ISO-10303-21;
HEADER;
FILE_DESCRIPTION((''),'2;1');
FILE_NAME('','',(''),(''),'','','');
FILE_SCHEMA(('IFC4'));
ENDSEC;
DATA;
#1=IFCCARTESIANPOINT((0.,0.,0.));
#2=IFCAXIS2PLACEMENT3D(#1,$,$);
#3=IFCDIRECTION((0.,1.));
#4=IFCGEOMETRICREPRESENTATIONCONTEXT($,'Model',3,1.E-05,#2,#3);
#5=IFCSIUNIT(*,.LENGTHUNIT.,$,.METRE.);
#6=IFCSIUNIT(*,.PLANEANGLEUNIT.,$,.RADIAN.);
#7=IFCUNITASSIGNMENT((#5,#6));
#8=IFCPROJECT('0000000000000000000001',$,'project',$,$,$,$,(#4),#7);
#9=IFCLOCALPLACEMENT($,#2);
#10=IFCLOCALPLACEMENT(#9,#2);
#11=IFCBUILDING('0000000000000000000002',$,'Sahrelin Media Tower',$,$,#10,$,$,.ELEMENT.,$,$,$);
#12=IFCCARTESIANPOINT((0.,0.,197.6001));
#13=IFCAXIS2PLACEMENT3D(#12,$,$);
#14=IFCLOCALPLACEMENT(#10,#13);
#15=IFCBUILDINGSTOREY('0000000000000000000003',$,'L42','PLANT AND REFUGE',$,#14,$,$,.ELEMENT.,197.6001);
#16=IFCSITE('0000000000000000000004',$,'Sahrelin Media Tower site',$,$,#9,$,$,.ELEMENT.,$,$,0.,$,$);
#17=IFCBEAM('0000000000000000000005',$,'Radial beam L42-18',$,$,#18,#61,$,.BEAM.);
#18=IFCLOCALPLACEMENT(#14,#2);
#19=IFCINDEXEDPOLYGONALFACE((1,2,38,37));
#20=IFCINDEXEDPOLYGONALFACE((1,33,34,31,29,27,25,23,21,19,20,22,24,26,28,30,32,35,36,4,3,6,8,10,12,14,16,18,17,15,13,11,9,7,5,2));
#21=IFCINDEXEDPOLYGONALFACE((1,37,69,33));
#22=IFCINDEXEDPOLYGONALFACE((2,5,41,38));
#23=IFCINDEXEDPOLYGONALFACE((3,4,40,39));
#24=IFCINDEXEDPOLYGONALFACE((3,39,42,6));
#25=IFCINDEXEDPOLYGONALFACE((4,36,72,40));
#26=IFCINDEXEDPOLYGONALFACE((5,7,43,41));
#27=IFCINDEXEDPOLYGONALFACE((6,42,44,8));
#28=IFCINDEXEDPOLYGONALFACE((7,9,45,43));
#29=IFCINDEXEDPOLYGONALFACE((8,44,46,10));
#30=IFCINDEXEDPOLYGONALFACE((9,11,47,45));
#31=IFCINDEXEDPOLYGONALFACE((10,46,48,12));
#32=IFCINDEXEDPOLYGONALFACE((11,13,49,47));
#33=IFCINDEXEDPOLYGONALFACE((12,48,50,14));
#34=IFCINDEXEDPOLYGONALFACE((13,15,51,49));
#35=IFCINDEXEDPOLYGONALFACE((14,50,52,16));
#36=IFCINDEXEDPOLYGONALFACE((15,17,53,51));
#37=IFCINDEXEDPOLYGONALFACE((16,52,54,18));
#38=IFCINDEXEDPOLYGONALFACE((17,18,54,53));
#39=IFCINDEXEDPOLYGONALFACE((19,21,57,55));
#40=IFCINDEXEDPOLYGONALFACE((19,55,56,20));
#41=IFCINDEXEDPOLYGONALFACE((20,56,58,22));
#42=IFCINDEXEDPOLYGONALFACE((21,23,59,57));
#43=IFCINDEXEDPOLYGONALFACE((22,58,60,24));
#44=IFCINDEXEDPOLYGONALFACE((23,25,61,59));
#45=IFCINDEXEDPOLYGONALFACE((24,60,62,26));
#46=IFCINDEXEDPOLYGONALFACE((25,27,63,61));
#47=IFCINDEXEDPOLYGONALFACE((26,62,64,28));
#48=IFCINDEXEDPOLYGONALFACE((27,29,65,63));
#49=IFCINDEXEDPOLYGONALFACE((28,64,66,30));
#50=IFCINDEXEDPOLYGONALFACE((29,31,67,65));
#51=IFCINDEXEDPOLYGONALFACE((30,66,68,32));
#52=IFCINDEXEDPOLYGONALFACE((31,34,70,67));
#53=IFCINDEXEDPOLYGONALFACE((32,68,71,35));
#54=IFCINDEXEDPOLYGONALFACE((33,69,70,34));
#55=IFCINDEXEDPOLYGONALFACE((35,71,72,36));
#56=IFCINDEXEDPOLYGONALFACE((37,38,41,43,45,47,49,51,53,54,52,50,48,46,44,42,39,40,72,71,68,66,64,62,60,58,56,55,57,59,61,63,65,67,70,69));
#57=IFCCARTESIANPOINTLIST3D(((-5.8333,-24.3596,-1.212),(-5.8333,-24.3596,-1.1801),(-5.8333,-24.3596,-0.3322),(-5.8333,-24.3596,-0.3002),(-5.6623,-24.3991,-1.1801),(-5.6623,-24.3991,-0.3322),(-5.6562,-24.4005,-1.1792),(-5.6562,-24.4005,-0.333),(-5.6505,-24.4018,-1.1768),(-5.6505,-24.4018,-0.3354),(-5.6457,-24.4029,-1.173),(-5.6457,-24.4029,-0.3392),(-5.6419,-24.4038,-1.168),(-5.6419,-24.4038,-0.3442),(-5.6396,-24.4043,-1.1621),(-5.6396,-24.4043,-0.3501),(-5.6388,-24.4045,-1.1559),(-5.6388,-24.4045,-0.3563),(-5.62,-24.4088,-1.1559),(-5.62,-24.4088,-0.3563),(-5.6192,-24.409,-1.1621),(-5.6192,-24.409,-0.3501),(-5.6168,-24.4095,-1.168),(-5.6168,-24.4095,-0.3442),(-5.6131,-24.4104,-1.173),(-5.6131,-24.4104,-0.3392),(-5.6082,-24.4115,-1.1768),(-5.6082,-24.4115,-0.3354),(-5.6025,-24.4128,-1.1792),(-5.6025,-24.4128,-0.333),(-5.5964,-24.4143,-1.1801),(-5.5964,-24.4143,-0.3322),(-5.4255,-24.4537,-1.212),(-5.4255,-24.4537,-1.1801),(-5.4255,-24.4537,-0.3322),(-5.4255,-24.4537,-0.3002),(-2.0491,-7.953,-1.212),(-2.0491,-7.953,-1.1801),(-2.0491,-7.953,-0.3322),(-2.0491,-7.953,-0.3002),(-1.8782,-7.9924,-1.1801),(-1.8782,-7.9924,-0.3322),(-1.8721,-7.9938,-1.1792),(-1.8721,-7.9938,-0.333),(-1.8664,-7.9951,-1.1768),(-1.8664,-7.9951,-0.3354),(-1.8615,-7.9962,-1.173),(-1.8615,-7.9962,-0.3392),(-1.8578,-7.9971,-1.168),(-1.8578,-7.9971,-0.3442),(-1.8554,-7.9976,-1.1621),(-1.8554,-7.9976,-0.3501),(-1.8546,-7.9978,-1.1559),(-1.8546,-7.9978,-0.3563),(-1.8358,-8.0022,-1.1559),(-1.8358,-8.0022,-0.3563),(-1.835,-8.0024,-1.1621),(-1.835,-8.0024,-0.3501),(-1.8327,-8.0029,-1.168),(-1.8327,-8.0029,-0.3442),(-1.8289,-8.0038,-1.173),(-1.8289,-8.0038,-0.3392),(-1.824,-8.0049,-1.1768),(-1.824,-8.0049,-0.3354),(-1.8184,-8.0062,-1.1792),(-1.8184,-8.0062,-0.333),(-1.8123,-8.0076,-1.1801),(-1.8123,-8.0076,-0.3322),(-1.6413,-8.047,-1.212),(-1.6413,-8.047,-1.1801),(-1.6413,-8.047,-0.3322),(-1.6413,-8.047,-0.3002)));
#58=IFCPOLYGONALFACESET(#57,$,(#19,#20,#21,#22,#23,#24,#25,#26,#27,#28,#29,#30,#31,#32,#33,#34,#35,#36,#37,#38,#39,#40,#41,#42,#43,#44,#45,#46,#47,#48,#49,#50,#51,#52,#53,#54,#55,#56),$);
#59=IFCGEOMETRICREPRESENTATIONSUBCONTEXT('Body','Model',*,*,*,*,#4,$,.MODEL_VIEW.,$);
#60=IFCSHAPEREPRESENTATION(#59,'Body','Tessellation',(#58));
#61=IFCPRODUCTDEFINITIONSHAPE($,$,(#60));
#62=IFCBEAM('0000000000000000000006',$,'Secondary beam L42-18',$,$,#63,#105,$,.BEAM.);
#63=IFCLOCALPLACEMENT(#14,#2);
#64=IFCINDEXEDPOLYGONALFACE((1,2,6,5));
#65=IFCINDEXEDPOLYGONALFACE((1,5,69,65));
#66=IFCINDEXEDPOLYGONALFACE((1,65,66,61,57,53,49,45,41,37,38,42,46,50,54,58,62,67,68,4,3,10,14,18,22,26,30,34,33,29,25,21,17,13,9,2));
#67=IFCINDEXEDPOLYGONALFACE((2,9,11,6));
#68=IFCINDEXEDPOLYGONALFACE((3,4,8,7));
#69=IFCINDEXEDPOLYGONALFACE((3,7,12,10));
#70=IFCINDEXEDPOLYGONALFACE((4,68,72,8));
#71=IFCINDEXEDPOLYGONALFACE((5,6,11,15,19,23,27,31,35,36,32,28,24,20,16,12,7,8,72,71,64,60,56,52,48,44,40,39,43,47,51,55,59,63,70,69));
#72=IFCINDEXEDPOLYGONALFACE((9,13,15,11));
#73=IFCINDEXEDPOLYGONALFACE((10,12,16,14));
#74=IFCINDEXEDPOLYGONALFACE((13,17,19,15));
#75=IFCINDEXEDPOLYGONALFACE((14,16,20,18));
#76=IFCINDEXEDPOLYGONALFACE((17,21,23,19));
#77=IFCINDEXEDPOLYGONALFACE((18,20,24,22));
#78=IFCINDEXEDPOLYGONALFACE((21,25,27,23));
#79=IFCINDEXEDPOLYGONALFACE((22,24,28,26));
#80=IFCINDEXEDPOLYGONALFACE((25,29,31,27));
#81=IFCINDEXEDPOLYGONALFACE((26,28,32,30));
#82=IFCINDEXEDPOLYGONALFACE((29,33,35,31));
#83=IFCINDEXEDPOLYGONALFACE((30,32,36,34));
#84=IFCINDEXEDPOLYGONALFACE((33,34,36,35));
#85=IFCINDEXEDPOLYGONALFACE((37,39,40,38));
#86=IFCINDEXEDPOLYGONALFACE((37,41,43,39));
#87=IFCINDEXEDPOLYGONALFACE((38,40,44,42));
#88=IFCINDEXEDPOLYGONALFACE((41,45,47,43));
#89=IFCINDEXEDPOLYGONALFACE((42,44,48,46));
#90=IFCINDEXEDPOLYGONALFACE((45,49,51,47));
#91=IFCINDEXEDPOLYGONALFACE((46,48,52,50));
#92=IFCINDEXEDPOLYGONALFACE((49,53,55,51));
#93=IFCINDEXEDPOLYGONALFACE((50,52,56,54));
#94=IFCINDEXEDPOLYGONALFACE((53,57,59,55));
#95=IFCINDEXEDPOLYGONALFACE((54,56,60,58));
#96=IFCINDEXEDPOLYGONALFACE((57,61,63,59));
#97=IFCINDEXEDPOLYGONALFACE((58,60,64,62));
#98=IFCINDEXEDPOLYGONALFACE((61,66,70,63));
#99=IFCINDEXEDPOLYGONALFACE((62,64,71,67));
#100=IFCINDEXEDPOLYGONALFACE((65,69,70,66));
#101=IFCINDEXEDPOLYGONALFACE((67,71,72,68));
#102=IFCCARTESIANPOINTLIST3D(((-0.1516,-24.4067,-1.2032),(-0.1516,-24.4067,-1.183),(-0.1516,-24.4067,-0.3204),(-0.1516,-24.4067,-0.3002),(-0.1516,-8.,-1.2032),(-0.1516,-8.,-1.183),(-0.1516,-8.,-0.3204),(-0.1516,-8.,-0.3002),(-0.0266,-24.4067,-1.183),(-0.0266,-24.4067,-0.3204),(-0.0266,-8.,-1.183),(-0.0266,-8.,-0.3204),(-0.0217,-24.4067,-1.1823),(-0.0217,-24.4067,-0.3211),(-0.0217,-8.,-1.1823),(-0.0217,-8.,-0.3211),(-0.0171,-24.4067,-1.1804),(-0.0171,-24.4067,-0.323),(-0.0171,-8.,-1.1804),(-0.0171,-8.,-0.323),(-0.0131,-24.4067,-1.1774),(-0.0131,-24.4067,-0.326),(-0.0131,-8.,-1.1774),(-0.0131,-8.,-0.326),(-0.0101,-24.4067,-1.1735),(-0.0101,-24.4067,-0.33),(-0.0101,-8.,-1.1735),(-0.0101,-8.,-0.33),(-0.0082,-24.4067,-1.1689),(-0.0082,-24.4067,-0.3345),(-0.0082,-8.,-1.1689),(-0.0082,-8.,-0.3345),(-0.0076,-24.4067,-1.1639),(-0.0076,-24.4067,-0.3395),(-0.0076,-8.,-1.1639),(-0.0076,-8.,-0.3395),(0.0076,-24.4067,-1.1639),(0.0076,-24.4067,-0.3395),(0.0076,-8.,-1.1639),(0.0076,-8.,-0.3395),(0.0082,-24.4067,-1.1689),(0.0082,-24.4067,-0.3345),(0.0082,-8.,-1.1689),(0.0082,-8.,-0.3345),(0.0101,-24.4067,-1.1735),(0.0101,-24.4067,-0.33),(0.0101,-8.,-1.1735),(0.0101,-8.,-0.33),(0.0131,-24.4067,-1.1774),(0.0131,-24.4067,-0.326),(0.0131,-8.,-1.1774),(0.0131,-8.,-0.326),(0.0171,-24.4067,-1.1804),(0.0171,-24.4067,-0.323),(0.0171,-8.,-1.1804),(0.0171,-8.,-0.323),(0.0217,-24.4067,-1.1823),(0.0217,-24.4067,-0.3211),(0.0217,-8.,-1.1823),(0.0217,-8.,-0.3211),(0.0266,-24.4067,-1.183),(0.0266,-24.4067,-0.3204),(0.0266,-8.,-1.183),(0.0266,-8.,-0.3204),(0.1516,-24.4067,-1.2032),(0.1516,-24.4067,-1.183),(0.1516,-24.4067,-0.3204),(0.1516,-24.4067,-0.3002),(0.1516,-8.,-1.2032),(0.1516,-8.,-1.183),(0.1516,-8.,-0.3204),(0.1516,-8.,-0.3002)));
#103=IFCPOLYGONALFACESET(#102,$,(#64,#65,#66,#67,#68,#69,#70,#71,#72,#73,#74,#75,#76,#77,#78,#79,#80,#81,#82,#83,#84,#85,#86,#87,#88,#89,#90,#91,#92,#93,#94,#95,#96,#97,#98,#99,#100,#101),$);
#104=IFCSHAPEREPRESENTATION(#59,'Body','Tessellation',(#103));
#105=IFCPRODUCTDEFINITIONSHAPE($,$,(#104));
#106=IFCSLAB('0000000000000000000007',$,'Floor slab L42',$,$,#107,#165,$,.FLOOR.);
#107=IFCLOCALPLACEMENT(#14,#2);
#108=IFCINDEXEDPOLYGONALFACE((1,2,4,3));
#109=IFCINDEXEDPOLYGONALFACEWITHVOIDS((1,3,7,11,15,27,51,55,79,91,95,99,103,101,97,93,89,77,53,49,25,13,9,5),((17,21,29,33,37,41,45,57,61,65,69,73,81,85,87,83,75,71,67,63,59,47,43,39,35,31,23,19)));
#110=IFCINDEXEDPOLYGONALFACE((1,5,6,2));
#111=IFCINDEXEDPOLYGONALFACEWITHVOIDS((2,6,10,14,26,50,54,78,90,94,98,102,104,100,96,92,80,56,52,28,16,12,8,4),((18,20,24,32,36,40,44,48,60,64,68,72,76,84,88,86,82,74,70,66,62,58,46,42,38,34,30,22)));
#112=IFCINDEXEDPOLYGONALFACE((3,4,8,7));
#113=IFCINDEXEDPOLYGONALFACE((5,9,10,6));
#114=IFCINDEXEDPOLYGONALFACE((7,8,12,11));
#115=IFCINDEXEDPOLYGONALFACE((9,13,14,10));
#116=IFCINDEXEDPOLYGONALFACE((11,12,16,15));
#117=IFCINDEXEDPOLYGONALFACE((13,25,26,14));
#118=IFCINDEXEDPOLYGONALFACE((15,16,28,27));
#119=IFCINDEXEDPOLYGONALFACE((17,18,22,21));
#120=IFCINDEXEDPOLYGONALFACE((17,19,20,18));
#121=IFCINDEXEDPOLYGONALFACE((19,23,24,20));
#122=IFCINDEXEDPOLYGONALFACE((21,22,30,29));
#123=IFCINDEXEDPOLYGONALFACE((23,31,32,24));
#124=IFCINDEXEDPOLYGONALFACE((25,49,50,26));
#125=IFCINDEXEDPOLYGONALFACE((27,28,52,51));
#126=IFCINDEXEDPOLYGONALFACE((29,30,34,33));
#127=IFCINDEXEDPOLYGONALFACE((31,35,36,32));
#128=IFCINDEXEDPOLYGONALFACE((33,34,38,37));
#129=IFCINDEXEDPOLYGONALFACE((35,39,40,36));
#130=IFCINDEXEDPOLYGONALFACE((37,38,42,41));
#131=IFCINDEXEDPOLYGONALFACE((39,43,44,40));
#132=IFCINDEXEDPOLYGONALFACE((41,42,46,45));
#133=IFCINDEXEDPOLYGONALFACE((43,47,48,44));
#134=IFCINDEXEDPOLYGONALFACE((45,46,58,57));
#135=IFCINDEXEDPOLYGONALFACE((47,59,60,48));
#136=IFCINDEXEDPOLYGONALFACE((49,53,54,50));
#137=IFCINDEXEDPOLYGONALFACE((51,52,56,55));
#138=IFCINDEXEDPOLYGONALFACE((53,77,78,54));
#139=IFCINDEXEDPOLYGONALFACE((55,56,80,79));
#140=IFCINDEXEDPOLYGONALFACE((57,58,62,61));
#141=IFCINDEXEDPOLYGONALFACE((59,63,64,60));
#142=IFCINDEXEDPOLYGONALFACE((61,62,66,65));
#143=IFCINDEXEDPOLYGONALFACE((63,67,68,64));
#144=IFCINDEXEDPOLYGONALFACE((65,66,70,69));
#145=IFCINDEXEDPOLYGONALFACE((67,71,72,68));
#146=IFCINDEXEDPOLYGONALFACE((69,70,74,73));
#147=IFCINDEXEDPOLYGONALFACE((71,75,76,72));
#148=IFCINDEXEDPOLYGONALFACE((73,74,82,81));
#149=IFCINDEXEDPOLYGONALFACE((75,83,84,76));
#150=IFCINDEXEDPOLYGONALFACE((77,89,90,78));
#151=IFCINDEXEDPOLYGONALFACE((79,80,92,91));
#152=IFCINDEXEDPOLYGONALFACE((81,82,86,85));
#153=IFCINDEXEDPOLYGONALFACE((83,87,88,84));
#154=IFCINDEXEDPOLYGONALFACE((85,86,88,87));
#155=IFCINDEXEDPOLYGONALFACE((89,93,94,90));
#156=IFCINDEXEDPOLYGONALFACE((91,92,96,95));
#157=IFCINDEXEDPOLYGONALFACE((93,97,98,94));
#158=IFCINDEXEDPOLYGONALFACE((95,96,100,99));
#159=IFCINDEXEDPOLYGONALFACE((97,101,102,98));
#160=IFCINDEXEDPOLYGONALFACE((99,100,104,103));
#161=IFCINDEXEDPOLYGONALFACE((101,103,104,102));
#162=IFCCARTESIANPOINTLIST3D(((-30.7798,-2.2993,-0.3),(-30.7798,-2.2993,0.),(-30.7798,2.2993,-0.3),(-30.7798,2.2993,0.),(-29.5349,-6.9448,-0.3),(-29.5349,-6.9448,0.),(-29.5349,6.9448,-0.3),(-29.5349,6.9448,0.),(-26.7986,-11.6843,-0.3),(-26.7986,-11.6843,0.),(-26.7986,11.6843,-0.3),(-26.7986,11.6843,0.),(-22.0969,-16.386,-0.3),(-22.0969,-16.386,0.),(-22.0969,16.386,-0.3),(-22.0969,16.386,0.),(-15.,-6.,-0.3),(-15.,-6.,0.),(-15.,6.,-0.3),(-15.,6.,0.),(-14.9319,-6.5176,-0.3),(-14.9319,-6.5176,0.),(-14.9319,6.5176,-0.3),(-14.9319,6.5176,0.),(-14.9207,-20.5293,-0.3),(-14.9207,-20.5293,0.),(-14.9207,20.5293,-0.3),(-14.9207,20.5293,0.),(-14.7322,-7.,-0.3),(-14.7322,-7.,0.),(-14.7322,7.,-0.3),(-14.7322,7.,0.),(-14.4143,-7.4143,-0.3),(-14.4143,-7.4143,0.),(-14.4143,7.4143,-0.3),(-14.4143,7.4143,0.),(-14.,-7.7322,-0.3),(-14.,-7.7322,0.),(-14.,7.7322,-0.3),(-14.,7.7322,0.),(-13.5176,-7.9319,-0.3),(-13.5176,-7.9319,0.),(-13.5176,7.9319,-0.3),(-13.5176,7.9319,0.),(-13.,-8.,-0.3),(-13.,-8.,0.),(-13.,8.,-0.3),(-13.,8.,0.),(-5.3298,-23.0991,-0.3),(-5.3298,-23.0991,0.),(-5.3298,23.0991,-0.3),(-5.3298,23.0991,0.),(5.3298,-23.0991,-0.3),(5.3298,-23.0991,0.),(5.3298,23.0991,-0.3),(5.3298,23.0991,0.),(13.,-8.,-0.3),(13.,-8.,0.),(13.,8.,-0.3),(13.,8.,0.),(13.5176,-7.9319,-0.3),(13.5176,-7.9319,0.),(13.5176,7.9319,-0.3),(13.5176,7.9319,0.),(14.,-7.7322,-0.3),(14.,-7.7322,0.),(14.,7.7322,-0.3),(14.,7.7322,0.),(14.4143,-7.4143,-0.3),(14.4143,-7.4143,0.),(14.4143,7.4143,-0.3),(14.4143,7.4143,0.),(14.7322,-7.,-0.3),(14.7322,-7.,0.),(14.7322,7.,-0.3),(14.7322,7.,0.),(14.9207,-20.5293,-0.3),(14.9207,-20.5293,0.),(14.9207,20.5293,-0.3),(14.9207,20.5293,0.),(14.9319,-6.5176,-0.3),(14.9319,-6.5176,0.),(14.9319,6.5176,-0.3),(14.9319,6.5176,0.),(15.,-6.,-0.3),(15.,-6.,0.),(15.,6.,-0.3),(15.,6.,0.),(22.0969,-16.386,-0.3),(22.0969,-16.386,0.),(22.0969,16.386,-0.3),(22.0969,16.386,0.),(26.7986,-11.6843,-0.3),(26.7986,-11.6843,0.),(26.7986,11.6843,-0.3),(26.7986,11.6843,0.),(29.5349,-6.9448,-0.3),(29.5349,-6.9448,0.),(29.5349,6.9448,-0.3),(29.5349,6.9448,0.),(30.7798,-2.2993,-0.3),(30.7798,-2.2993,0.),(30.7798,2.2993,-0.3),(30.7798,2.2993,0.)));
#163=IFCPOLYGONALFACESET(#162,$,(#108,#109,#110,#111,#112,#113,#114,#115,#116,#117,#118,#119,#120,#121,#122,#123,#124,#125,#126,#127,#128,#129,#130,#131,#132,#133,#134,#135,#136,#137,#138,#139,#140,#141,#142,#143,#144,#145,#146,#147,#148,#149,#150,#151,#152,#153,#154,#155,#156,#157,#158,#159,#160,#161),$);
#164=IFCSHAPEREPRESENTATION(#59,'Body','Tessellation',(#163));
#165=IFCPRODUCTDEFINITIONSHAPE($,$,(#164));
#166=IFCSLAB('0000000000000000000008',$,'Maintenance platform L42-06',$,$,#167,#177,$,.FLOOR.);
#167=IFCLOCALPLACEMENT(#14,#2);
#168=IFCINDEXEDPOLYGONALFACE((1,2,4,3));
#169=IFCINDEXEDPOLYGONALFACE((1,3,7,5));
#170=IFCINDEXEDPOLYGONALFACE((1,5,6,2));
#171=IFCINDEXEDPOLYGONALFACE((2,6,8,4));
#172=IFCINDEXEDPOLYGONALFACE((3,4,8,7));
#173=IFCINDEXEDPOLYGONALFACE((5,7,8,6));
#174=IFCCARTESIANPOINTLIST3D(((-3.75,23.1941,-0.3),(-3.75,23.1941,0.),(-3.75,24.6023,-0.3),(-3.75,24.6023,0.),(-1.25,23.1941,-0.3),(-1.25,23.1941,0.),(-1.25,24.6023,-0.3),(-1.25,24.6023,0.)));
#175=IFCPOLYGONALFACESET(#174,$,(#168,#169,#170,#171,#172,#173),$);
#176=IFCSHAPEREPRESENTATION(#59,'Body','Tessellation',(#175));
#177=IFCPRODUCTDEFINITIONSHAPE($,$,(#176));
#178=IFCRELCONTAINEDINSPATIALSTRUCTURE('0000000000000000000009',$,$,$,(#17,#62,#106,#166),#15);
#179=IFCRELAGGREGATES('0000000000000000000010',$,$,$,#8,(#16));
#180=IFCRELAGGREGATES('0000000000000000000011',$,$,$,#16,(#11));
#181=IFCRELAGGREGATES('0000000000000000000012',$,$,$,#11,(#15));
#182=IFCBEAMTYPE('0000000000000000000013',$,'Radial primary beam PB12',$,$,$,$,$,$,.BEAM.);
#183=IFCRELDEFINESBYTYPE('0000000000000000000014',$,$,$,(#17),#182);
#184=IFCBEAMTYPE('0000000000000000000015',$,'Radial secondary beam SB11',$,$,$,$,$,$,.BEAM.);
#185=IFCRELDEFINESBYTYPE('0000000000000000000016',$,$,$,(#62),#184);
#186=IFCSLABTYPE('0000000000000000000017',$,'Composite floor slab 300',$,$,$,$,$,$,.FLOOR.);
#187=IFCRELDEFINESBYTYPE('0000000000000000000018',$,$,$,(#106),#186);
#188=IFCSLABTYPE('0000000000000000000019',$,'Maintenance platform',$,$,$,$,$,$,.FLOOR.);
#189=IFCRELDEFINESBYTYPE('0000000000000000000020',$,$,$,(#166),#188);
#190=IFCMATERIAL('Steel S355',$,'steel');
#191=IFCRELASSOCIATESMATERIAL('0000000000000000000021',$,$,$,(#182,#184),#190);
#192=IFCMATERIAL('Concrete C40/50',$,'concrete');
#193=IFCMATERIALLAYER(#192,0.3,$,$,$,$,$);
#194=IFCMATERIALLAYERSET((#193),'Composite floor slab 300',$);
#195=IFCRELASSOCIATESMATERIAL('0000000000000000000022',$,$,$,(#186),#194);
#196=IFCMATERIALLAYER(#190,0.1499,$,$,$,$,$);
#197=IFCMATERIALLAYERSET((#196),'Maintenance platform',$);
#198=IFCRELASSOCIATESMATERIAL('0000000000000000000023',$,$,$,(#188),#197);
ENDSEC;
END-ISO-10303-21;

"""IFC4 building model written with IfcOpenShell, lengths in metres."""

from ifc_helpers import new_model, si_unit, direction, frame, origin, origin_2d, place, context, subcontext, project, spatial, polyline, i_section, outline, extrude, material, layer, layer_set, material_profile, profile_set, type_object, element, save


model = new_model("IFC4")

# Units and contexts
model_context = context("Model", 3, precision=1e-05, world=origin(), true_north=direction((0.0, 1.0)))
body_context = subcontext(model_context, "Body", "Model", "MODEL_VIEW")
ifc_project = project(units=[si_unit("LENGTHUNIT", "METRE"), si_unit("PLANEANGLEUNIT", "RADIAN")], contexts=[model_context])

# Site, building, storey
site_placement = place(None, origin())
site = spatial("IfcSite", under=ifc_project, at=site_placement, Name="Sahrelin Media Tower site", CompositionType="ELEMENT", RefElevation=0.0)
building_placement = place(site_placement, origin())
building = spatial("IfcBuilding", under=site, at=building_placement, Name="Sahrelin Media Tower", CompositionType="ELEMENT")
storey_placement = place(building_placement, frame((0.0, 0.0, 197.6001)))
storey = spatial("IfcBuildingStorey", under=building, at=storey_placement, Name="L42", Description="PLANT AND REFUGE", CompositionType="ELEMENT", Elevation=197.6001)

# Beams
ifc_material_1 = material(Name="Steel S355", Category="steel")
ifc_material_profile_1 = material_profile(ifc_material_1, i_section(OverallWidth=0.4185, OverallDepth=0.9119, WebThickness=0.0193, FlangeThickness=0.032, FilletRadius=0.0242, at=origin_2d()), Name="UB 914x419x343")
ifc_profile_set_1 = profile_set([ifc_material_profile_1], Name="Steel S355")
beam_type_1 = type_object("IfcBeamType", Name="Radial primary beam PB12", PredefinedType="BEAM", material=ifc_profile_set_1)
beam_1_placement = place(storey_placement, frame((-1.8452, -8.0, -0.7561), z_axis=(-0.224747, -0.974417, 0.0), x_axis=(0.974417, -0.224747, 0.0)))
element("IfcBeam", 1, at=beam_1_placement, inside=storey, type_object=beam_type_1, Name="Radial beam L42-18", PredefinedType="BEAM", context=body_context, shape_type="SweptSolid", body=[
    extrude(i_section(OverallWidth=0.4185, OverallDepth=0.9119, WebThickness=0.0193, FlangeThickness=0.032, FilletRadius=0.0242, at=origin_2d()), origin(), (0.0, 0.0, 1.0), 16.8374),
])
ifc_material_profile_2 = material_profile(ifc_material_1, i_section(OverallWidth=0.3032, OverallDepth=0.9031, WebThickness=0.0151, FlangeThickness=0.0203, FilletRadius=0.019, at=origin_2d()), Name="UB 914x305x201")
ifc_profile_set_2 = profile_set([ifc_material_profile_2], Name="Steel S355")
beam_type_2 = type_object("IfcBeamType", Name="Radial secondary beam SB11", PredefinedType="BEAM", material=ifc_profile_set_2)
beam_2_placement = place(storey_placement, frame((0.0, -8.0, -0.7517), z_axis=(0.0, -1.0, 0.0), x_axis=(1.0, 0.0, 0.0)))
element("IfcBeam", 2, at=beam_2_placement, inside=storey, type_object=beam_type_2, Name="Secondary beam L42-18", PredefinedType="BEAM", context=body_context, shape_type="SweptSolid", body=[
    extrude(i_section(OverallWidth=0.3032, OverallDepth=0.9031, WebThickness=0.0151, FlangeThickness=0.0203, FilletRadius=0.019, at=origin_2d()), origin(), (0.0, 0.0, 1.0), 16.4067),
])

# Slabs
ifc_material_2 = material(Name="Concrete C40/50", Category="concrete")
ifc_layer_1 = layer(ifc_material_2, 0.3)
ifc_layer_set_1 = layer_set([ifc_layer_1], Name="Composite floor slab 300")
slab_type_1 = type_object("IfcSlabType", Name="Composite floor slab 300", PredefinedType="FLOOR", material=ifc_layer_set_1)
placement_1 = place(storey_placement, frame((0.0, 0.0, -0.3)))
element("IfcSlab", 3, at=placement_1, inside=storey, type_object=slab_type_1, Name="Floor slab L42", PredefinedType="FLOOR", context=body_context, shape_type="SweptSolid", body=[
    extrude(outline(polyline([(30.7798, -2.2993), (30.7798, 2.2993), (29.5349, 6.9448), (26.7986, 11.6843), (22.0969, 16.386), (14.9207, 20.5293), (5.3298, 23.0991), (-5.3298, 23.0991), (-14.9207, 20.5293), (-22.0969, 16.386), (-26.7986, 11.6843), (-29.5349, 6.9448), (-30.7798, 2.2993), (-30.7798, -2.2993), (-29.5349, -6.9448), (-26.7986, -11.6843), (-22.0969, -16.386), (-14.9207, -20.5293), (-5.3298, -23.0991), (5.3298, -23.0991), (14.9207, -20.5293), (22.0969, -16.386), (26.7986, -11.6843), (29.5349, -6.9448), (30.7798, -2.2993)]), holes=[polyline([(14.9319, 6.5176), (15.0, 6.0), (15.0, -6.0), (14.9319, -6.5176), (14.7322, -7.0), (14.4143, -7.4143), (14.0, -7.7322), (13.5176, -7.9319), (13.0, -8.0), (-13.0, -8.0), (-13.5176, -7.9319), (-14.0, -7.7322), (-14.4143, -7.4143), (-14.7322, -7.0), (-14.9319, -6.5176), (-15.0, -6.0), (-15.0, 6.0), (-14.9319, 6.5176), (-14.7322, 7.0), (-14.4143, 7.4143), (-14.0, 7.7322), (-13.5176, 7.9319), (-13.0, 8.0), (13.0, 8.0), (13.5176, 7.9319), (14.0, 7.7322), (14.4143, 7.4143), (14.7322, 7.0), (14.9319, 6.5176)])]), origin(), (0.0, 0.0, 1.0), 0.3),
])
ifc_layer_2 = layer(ifc_material_1, 0.1499)
ifc_layer_set_2 = layer_set([ifc_layer_2], Name="Maintenance platform")
slab_type_2 = type_object("IfcSlabType", Name="Maintenance platform", PredefinedType="FLOOR", material=ifc_layer_set_2)
element("IfcSlab", 4, at=placement_1, inside=storey, type_object=slab_type_2, Name="Maintenance platform L42-06", PredefinedType="FLOOR", context=body_context, shape_type="SweptSolid", body=[
    extrude(outline(polyline([(-1.25, 23.1941), (-3.75, 23.1941), (-3.75, 24.6023), (-1.25, 24.6023), (-1.25, 23.1941)])), origin(), (0.0, 0.0, 1.0), 0.3),
])

save(model, "model.ifc")
